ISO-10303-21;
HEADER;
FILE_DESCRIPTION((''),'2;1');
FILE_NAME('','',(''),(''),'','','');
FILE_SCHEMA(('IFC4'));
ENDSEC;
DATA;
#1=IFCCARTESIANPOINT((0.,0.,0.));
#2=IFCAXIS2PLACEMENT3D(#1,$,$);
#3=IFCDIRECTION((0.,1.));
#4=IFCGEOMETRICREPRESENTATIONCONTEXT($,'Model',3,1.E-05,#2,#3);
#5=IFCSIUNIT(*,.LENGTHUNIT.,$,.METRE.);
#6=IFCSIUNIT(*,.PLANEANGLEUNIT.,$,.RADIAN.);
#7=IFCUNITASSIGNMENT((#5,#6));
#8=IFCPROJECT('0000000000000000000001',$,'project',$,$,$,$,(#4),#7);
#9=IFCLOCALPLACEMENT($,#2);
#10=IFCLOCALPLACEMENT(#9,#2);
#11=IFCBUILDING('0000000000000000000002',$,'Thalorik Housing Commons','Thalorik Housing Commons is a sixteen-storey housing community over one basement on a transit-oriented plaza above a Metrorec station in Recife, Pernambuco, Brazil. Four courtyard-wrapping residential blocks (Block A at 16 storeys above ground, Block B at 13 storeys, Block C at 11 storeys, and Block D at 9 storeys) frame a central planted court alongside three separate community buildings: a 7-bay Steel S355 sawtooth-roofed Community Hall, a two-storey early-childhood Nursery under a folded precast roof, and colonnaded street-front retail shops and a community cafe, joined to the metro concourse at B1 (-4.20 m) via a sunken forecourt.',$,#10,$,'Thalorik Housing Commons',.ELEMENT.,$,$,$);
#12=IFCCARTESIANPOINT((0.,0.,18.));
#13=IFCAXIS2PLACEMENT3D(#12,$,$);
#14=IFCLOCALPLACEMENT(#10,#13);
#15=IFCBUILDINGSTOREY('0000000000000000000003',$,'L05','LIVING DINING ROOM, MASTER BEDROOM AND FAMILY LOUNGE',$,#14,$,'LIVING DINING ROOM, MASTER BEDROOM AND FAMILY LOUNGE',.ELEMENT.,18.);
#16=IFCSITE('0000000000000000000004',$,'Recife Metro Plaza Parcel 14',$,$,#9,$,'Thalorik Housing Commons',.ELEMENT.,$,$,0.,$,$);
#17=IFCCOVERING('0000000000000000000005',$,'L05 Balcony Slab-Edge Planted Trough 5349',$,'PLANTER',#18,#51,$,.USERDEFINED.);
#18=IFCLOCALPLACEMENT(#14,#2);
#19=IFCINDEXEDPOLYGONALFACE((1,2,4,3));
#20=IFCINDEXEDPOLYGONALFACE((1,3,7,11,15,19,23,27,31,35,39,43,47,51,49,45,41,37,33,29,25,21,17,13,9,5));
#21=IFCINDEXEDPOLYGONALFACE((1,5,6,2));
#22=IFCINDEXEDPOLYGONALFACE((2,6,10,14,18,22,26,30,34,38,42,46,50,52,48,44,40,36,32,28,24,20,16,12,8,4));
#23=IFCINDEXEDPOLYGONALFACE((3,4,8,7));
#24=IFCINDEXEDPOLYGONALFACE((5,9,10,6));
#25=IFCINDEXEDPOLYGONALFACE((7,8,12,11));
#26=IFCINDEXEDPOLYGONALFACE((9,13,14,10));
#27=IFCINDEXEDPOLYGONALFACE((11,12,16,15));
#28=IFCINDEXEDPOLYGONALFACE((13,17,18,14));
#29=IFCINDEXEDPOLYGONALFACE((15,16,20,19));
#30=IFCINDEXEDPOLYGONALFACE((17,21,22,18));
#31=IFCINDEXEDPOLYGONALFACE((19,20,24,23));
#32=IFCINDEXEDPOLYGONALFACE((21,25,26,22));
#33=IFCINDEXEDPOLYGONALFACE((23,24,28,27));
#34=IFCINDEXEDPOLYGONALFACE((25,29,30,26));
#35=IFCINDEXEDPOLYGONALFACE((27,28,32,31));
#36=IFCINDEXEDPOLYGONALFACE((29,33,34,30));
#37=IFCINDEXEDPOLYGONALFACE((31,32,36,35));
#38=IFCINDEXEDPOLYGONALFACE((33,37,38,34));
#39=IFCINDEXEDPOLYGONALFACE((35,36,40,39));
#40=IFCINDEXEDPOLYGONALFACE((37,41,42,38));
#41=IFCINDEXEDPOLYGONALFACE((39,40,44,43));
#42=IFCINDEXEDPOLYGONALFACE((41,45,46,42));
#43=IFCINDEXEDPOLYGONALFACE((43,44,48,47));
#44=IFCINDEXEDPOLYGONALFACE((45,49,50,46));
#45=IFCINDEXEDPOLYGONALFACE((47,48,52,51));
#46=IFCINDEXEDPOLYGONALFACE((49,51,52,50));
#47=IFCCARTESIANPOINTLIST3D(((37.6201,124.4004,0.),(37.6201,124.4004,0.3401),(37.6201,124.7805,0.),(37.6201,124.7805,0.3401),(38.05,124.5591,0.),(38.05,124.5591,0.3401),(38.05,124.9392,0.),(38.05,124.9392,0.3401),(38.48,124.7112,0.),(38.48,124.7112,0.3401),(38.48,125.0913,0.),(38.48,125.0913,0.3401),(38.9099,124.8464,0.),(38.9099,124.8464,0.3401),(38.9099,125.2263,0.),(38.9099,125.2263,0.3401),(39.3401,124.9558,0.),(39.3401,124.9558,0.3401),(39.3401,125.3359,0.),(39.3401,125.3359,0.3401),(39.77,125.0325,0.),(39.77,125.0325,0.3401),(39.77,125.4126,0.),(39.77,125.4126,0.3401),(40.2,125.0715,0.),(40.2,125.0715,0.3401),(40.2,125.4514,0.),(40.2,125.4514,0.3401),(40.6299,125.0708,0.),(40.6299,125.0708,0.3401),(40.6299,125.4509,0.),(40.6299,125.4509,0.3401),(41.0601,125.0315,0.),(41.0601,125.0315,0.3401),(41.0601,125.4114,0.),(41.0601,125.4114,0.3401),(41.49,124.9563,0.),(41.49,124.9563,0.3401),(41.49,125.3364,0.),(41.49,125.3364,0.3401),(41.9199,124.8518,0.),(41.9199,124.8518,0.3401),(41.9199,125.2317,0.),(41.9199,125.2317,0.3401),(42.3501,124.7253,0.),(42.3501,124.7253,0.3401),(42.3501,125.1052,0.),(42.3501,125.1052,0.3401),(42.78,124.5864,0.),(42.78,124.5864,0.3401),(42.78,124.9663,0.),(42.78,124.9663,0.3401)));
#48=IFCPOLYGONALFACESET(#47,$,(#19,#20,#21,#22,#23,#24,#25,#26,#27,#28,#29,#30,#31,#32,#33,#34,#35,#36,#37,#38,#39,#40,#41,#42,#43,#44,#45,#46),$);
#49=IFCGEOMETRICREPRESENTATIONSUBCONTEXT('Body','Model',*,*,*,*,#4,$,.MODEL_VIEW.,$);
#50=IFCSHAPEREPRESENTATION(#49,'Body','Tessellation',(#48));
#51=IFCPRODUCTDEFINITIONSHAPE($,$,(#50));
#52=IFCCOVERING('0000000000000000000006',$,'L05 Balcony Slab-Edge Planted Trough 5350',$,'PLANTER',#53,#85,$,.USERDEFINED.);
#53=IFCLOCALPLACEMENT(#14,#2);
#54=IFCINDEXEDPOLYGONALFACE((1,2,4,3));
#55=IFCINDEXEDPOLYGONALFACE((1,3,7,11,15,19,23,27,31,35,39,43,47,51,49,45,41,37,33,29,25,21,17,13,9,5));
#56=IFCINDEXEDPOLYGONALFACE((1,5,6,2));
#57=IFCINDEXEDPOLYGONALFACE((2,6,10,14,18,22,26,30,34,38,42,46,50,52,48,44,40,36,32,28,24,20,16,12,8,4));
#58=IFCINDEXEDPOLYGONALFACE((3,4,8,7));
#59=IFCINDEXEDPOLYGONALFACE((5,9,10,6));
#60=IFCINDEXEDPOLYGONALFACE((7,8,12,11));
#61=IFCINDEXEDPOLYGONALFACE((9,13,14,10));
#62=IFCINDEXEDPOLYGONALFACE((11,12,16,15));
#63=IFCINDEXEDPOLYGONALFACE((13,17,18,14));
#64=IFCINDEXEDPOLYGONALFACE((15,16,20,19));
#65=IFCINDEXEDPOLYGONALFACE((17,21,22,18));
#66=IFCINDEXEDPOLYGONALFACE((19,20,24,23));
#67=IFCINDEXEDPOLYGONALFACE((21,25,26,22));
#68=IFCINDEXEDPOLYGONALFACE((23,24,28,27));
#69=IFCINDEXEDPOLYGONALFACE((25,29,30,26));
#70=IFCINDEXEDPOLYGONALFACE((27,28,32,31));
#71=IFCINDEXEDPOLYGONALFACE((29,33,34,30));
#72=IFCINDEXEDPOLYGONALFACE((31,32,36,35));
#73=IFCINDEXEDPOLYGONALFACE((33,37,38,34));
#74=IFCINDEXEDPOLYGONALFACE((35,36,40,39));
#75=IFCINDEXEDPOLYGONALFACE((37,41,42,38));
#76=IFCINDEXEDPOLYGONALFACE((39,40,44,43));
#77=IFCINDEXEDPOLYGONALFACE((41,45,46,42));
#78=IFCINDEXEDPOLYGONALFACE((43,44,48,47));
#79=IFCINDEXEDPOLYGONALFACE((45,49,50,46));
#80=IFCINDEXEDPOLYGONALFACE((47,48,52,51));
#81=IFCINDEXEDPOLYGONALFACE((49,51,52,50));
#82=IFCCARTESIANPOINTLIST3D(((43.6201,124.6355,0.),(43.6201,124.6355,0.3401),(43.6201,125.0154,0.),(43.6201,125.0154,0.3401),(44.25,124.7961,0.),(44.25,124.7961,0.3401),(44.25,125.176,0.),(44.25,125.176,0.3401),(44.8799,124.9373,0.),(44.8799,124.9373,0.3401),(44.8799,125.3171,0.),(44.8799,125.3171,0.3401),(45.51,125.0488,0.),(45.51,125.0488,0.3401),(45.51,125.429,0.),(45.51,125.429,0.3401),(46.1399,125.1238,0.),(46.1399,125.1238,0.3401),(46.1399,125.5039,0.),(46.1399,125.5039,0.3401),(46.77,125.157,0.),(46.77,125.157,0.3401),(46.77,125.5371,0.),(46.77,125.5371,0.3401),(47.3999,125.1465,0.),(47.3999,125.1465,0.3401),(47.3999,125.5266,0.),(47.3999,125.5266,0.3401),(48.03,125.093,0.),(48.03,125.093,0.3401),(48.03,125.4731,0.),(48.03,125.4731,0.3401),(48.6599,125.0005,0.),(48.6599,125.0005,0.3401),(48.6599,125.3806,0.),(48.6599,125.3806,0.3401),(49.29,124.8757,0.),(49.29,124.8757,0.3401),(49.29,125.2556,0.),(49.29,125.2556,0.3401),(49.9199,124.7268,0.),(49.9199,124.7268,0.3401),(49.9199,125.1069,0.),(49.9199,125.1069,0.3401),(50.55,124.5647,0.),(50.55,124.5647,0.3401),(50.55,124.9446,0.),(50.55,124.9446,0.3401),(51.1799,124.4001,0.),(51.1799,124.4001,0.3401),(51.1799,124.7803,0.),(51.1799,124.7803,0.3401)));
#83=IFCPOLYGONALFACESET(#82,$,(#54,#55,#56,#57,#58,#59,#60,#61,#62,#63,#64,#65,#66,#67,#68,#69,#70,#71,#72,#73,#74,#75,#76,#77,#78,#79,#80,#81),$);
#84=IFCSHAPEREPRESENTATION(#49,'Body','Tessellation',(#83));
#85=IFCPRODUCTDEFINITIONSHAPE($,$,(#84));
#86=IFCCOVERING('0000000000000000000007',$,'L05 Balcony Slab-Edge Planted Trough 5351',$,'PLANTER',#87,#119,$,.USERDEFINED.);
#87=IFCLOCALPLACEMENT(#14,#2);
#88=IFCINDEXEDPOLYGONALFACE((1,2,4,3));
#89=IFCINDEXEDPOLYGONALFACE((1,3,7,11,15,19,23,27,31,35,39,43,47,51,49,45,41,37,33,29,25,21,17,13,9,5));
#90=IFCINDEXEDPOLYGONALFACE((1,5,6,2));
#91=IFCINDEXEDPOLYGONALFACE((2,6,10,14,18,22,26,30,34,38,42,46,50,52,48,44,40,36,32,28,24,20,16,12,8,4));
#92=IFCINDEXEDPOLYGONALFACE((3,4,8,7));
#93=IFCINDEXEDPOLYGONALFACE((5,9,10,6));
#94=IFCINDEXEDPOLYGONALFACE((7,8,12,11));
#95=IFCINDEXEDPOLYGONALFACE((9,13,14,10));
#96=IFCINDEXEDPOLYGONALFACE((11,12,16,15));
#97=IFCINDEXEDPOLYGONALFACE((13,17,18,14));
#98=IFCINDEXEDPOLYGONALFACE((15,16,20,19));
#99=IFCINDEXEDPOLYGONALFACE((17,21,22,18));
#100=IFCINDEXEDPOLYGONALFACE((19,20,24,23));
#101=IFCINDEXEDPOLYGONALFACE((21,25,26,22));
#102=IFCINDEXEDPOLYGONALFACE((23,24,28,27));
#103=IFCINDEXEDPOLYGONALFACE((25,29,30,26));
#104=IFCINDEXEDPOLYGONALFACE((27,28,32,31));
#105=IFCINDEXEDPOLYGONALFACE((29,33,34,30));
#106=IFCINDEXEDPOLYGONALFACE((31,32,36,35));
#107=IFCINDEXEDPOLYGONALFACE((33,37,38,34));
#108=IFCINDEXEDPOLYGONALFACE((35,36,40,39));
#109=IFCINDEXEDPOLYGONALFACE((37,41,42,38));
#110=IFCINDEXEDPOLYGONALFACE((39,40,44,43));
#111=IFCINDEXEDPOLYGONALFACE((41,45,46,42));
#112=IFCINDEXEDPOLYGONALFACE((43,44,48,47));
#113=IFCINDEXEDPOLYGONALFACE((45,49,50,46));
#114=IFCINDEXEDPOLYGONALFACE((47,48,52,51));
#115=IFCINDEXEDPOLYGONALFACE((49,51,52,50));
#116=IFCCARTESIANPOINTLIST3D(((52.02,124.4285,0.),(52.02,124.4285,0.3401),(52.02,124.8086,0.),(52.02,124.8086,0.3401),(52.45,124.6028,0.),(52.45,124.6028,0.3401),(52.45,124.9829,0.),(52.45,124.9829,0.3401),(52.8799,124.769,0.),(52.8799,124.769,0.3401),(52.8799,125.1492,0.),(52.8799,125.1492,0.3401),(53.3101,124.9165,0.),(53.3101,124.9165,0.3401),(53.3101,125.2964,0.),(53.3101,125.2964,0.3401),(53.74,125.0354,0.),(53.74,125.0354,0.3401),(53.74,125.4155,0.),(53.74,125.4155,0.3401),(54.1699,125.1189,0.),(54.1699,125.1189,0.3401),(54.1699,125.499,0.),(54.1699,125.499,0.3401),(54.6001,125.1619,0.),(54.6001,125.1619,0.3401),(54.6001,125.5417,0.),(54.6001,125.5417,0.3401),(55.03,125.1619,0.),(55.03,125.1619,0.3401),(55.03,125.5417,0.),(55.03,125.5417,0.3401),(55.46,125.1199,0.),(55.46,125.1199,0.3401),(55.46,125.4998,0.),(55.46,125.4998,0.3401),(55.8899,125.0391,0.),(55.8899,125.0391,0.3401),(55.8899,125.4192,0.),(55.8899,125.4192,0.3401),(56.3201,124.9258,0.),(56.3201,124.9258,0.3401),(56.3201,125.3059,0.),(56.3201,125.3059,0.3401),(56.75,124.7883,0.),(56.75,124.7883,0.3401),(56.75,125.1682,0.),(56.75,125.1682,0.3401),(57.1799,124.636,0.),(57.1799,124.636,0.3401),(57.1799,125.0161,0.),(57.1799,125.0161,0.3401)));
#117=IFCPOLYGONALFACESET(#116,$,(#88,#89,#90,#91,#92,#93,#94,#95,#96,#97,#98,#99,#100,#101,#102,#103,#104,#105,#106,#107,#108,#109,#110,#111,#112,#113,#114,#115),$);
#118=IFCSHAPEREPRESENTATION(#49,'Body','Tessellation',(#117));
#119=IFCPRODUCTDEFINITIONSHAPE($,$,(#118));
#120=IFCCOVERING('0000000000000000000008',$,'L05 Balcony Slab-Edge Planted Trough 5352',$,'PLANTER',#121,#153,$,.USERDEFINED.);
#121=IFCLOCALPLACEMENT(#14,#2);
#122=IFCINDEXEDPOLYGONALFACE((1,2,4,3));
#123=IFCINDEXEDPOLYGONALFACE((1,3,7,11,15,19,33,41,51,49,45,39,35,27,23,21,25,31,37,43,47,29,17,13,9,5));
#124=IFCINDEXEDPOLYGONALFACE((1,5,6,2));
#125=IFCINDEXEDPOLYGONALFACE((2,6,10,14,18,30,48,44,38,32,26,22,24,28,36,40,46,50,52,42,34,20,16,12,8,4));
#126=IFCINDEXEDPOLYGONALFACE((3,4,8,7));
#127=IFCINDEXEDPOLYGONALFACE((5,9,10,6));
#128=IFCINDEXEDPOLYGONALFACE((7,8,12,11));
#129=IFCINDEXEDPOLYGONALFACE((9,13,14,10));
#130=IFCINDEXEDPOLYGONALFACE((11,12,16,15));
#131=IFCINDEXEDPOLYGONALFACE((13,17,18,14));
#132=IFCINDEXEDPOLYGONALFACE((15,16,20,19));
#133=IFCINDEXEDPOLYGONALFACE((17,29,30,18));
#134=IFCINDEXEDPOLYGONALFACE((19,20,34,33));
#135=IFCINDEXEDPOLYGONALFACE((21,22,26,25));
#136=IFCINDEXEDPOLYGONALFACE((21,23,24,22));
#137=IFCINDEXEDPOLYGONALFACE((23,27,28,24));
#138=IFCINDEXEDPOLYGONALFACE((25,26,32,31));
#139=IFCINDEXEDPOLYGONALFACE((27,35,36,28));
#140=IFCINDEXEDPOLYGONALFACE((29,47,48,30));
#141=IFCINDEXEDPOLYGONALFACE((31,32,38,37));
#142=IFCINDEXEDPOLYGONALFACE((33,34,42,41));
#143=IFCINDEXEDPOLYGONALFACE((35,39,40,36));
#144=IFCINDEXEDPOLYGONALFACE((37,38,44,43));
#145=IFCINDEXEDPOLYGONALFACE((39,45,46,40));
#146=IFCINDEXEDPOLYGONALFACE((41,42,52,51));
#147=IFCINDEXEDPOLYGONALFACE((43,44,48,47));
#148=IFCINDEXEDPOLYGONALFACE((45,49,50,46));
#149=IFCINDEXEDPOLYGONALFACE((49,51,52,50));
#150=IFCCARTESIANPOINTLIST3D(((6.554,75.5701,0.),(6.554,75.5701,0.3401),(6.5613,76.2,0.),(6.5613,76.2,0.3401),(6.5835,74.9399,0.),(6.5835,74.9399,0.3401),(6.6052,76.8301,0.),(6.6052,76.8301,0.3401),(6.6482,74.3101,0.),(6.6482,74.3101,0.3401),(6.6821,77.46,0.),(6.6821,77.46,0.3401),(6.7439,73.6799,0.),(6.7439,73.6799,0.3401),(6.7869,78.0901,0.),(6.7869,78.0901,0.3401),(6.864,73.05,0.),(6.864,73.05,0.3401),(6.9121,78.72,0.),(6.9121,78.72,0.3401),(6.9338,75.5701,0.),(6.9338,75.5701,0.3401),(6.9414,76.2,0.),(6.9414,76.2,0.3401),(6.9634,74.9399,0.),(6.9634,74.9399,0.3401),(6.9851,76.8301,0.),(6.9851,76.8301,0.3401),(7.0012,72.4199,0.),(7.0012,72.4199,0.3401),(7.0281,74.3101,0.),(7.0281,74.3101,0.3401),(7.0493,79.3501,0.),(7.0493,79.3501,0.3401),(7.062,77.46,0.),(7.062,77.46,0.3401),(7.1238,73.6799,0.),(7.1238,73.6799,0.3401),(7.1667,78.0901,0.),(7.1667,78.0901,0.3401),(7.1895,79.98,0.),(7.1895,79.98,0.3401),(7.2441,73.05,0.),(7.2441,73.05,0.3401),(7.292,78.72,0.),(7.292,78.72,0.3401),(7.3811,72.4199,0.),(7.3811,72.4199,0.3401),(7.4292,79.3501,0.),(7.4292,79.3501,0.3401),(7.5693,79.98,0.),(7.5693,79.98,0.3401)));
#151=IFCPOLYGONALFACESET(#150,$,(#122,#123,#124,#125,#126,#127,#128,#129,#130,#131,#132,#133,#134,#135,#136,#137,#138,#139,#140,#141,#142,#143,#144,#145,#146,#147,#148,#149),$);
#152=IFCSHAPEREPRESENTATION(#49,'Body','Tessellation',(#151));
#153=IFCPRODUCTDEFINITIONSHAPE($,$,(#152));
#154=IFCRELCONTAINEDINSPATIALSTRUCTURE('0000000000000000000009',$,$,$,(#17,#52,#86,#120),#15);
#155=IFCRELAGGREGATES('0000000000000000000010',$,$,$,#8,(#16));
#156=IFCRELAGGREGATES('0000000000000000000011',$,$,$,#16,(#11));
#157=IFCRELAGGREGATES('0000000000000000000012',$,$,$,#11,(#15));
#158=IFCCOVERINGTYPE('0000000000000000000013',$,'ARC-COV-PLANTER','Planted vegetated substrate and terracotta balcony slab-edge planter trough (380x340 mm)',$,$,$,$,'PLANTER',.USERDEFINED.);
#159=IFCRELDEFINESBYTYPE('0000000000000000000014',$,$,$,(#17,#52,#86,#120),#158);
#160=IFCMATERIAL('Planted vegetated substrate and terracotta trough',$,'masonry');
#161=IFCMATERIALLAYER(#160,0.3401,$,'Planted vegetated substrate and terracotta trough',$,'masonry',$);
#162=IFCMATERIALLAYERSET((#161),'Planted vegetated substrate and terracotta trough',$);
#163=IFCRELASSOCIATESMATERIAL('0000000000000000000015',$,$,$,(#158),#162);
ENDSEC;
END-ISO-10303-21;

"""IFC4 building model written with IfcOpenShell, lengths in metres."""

from ifc_helpers import new_model, si_unit, direction, frame, origin, place, context, subcontext, project, spatial, polyline, outline, extrude, material, layer, layer_set, type_object, element, save


model = new_model("IFC4")

# Units and contexts
model_context = context("Model", 3, precision=1e-05, world=origin(), true_north=direction((0.0, 1.0)))
body_context = subcontext(model_context, "Body", "Model", "MODEL_VIEW")
ifc_project = project(units=[si_unit("LENGTHUNIT", "METRE"), si_unit("PLANEANGLEUNIT", "RADIAN")], contexts=[model_context])

# Site, building, storey
site_placement = place(None, origin())
site = spatial("IfcSite", under=ifc_project, at=site_placement, Name="Recife Metro Plaza Parcel 14", LongName="Thalorik Housing Commons", CompositionType="ELEMENT", RefElevation=0.0)
building_placement = place(site_placement, origin())
building = spatial("IfcBuilding", under=site, at=building_placement, Name="Thalorik Housing Commons", Description="Thalorik Housing Commons is a sixteen-storey housing community over one basement on a transit-oriented plaza above a Metrorec station in Recife, Pernambuco, Brazil. Four courtyard-wrapping residential blocks (Block A at 16 storeys above ground, Block B at 13 storeys, Block C at 11 storeys, and Block D at 9 storeys) frame a central planted court alongside three separate community buildings: a 7-bay Steel S355 sawtooth-roofed Community Hall, a two-storey early-childhood Nursery under a folded precast roof, and colonnaded street-front retail shops and a community cafe, joined to the metro concourse at B1 (-4.20 m) via a sunken forecourt.", LongName="Thalorik Housing Commons", CompositionType="ELEMENT")
storey_placement = place(building_placement, frame((0.0, 0.0, 18.0)))
storey = spatial("IfcBuildingStorey", under=building, at=storey_placement, Name="L05", Description="LIVING DINING ROOM, MASTER BEDROOM AND FAMILY LOUNGE", LongName="LIVING DINING ROOM, MASTER BEDROOM AND FAMILY LOUNGE", CompositionType="ELEMENT", Elevation=18.0)

# Coverings
ifc_material = material(Name="Planted vegetated substrate and terracotta trough", Category="masonry")
ifc_layer = layer(ifc_material, 0.3401, Name="Planted vegetated substrate and terracotta trough", Category="masonry")
ifc_layer_set = layer_set([ifc_layer], Name="Planted vegetated substrate and terracotta trough")
covering_type = type_object("IfcCoveringType", Name="ARC-COV-PLANTER", Description="Planted vegetated substrate and terracotta balcony slab-edge planter trough (380x340 mm)", ElementType="PLANTER", PredefinedType="USERDEFINED", material=ifc_layer_set)
covering_1_placement = place(storey_placement, origin())
element("IfcCovering", 1, at=covering_1_placement, inside=storey, type_object=covering_type, Name="L05 Balcony Slab-Edge Planted Trough 5349", ObjectType="PLANTER", PredefinedType="USERDEFINED", context=body_context, shape_type="SweptSolid", body=[
    extrude(outline(polyline([(42.78, 124.9663), (42.3501, 125.1052), (41.9199, 125.2317), (41.49, 125.3364), (41.0601, 125.4114), (40.6299, 125.4509), (40.2, 125.4514), (39.77, 125.4126), (39.3401, 125.3359), (38.9099, 125.2263), (38.48, 125.0913), (38.05, 124.9392), (37.6201, 124.7805), (37.6201, 124.4004), (38.05, 124.5591), (38.48, 124.7112), (38.9099, 124.8464), (39.3401, 124.9558), (39.77, 125.0325), (40.2, 125.0715), (40.6299, 125.0708), (41.0601, 125.0315), (41.49, 124.9563), (41.9199, 124.8518), (42.3501, 124.7253), (42.78, 124.5864), (42.78, 124.9663)])), origin(), (0.0, 0.0, 1.0), 0.3401),
])
covering_2_placement = place(storey_placement, origin())
element("IfcCovering", 2, at=covering_2_placement, inside=storey, type_object=covering_type, Name="L05 Balcony Slab-Edge Planted Trough 5350", ObjectType="PLANTER", PredefinedType="USERDEFINED", context=body_context, shape_type="SweptSolid", body=[
    extrude(outline(polyline([(51.1799, 124.7803), (50.55, 124.9446), (49.9199, 125.1069), (49.29, 125.2556), (48.6599, 125.3806), (48.03, 125.4731), (47.3999, 125.5266), (46.77, 125.5371), (46.1399, 125.5039), (45.51, 125.429), (44.8799, 125.3171), (44.25, 125.176), (43.6201, 125.0154), (43.6201, 124.6355), (44.25, 124.7961), (44.8799, 124.9373), (45.51, 125.0488), (46.1399, 125.1238), (46.77, 125.157), (47.3999, 125.1465), (48.03, 125.093), (48.6599, 125.0005), (49.29, 124.8757), (49.9199, 124.7268), (50.55, 124.5647), (51.1799, 124.4001), (51.1799, 124.7803)])), origin(), (0.0, 0.0, 1.0), 0.3401),
])
covering_3_placement = place(storey_placement, origin())
element("IfcCovering", 3, at=covering_3_placement, inside=storey, type_object=covering_type, Name="L05 Balcony Slab-Edge Planted Trough 5351", ObjectType="PLANTER", PredefinedType="USERDEFINED", context=body_context, shape_type="SweptSolid", body=[
    extrude(outline(polyline([(57.1799, 125.0161), (56.75, 125.1682), (56.3201, 125.3059), (55.8899, 125.4192), (55.46, 125.4998), (55.03, 125.5417), (54.6001, 125.5417), (54.1699, 125.499), (53.74, 125.4155), (53.3101, 125.2964), (52.8799, 125.1492), (52.45, 124.9829), (52.02, 124.8086), (52.02, 124.4285), (52.45, 124.6028), (52.8799, 124.769), (53.3101, 124.9165), (53.74, 125.0354), (54.1699, 125.1189), (54.6001, 125.1619), (55.03, 125.1619), (55.46, 125.1199), (55.8899, 125.0391), (56.3201, 124.9258), (56.75, 124.7883), (57.1799, 124.636), (57.1799, 125.0161)])), origin(), (0.0, 0.0, 1.0), 0.3401),
])
covering_4_placement = place(storey_placement, origin())
element("IfcCovering", 4, at=covering_4_placement, inside=storey, type_object=covering_type, Name="L05 Balcony Slab-Edge Planted Trough 5352", ObjectType="PLANTER", PredefinedType="USERDEFINED", context=body_context, shape_type="SweptSolid", body=[
    extrude(outline(polyline([(7.1895, 79.98), (7.0493, 79.3501), (6.9121, 78.72), (6.7869, 78.0901), (6.6821, 77.46), (6.6052, 76.8301), (6.5613, 76.2), (6.554, 75.5701), (6.5835, 74.9399), (6.6482, 74.3101), (6.7439, 73.6799), (6.864, 73.05), (7.0012, 72.4199), (7.3811, 72.4199), (7.2441, 73.05), (7.1238, 73.6799), (7.0281, 74.3101), (6.9634, 74.9399), (6.9338, 75.5701), (6.9414, 76.2), (6.9851, 76.8301), (7.062, 77.46), (7.1667, 78.0901), (7.292, 78.72), (7.4292, 79.3501), (7.5693, 79.98), (7.1895, 79.98)])), origin(), (0.0, 0.0, 1.0), 0.3401),
])

save(model, "model.ifc")
